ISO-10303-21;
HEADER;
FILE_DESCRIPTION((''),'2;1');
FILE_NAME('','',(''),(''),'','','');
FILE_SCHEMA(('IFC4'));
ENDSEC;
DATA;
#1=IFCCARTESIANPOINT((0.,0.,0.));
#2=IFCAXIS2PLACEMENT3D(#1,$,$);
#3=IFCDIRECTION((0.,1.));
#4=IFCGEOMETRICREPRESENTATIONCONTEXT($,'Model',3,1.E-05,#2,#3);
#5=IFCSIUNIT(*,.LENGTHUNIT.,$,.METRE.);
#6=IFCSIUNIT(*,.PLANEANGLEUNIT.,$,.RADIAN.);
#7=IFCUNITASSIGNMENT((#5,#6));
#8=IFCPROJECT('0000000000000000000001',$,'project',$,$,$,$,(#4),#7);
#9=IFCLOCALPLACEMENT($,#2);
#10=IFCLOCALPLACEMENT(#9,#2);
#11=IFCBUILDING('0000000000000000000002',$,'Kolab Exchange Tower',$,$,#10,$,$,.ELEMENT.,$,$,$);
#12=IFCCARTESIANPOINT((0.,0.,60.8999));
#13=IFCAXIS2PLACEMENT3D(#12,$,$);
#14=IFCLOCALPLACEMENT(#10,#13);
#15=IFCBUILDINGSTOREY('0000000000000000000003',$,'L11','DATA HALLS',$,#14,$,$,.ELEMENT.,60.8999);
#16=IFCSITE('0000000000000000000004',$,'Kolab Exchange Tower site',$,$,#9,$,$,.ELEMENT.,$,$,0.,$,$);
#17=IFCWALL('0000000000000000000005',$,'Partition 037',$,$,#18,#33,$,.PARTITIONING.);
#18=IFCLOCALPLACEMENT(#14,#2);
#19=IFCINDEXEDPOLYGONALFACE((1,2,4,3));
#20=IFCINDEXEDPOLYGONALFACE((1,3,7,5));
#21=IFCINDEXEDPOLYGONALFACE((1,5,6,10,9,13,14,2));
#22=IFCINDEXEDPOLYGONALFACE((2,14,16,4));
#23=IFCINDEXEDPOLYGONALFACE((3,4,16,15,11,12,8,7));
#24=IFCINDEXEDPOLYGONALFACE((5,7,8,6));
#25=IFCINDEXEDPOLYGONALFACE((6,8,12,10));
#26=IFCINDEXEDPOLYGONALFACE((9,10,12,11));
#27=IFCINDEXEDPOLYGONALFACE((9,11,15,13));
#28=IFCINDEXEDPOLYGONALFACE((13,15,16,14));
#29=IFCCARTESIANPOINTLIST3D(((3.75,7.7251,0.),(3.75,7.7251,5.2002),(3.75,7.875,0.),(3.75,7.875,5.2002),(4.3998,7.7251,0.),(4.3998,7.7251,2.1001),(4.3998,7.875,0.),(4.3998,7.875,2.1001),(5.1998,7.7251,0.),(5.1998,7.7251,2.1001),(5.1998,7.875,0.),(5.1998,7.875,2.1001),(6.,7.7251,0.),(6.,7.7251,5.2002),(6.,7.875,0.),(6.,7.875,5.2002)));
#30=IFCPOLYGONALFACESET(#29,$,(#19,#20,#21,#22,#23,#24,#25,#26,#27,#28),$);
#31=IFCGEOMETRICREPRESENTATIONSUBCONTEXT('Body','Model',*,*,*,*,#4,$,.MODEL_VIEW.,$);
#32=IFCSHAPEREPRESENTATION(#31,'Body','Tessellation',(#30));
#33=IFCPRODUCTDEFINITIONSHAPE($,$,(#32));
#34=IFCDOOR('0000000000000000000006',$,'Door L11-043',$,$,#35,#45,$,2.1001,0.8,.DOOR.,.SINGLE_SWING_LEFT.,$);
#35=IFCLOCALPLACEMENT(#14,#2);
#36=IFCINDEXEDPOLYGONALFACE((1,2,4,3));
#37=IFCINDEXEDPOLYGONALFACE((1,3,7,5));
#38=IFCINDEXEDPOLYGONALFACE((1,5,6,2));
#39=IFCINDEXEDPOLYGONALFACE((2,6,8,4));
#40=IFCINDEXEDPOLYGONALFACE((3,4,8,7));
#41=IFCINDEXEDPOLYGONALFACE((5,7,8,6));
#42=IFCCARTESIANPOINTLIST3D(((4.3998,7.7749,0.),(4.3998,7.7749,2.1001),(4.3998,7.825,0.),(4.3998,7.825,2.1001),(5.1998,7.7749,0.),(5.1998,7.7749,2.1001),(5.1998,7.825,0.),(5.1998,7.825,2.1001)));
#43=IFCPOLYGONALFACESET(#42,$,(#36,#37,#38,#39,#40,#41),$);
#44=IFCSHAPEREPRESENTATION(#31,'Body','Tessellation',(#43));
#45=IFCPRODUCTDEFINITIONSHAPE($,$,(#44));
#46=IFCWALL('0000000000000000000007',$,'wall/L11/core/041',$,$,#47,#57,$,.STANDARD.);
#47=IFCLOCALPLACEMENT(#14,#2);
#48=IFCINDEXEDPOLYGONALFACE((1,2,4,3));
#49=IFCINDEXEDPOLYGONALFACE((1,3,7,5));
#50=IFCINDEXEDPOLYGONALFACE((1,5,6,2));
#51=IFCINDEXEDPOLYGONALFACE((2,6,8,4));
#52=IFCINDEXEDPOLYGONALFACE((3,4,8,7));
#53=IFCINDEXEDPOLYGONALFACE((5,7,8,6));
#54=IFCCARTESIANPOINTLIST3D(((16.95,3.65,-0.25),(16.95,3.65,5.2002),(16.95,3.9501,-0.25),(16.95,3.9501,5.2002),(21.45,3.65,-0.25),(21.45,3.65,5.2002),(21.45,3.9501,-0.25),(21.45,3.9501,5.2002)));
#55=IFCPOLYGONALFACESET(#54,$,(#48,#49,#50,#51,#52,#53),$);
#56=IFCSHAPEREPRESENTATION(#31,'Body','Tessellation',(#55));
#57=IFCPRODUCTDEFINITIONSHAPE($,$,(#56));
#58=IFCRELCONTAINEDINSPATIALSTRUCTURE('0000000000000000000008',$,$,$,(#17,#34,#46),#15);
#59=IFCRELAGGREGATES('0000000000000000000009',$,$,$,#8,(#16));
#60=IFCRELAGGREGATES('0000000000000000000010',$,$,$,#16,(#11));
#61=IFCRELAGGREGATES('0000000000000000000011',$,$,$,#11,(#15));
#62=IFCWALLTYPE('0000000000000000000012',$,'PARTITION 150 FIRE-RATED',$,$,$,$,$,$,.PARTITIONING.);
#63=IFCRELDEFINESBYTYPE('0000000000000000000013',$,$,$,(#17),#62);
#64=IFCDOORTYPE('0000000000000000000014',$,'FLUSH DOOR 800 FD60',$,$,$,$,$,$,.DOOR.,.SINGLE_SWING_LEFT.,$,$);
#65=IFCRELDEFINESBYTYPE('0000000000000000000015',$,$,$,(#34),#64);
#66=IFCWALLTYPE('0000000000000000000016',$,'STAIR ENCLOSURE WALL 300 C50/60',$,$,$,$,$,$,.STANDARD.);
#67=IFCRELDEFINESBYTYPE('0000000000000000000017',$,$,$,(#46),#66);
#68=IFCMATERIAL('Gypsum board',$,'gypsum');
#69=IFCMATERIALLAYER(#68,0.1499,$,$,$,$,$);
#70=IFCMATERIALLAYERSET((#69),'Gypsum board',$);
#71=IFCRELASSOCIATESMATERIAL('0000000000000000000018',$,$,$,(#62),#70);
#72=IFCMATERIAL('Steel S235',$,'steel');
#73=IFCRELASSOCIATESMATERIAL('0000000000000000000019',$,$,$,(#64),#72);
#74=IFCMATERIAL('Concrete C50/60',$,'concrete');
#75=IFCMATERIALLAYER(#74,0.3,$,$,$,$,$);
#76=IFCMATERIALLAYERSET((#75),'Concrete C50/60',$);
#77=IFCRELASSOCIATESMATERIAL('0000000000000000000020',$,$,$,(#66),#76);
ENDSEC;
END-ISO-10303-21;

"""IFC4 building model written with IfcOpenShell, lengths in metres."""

from ifc_helpers import new_model, si_unit, direction, frame, frame_2d, origin, place, context, subcontext, project, spatial, rectangle, extrude, material, layer, layer_set, type_object, element, fill, save


model = new_model("IFC4")

# Units and contexts
model_context = context("Model", 3, precision=1e-05, world=origin(), true_north=direction((0.0, 1.0)))
body_context = subcontext(model_context, "Body", "Model", "MODEL_VIEW")
ifc_project = project(units=[si_unit("LENGTHUNIT", "METRE"), si_unit("PLANEANGLEUNIT", "RADIAN")], contexts=[model_context])

# Site, building, storey
site_placement = place(None, origin())
site = spatial("IfcSite", under=ifc_project, at=site_placement, Name="Kolab Exchange Tower site", CompositionType="ELEMENT", RefElevation=0.0)
building_placement = place(site_placement, origin())
building = spatial("IfcBuilding", under=site, at=building_placement, Name="Kolab Exchange Tower", CompositionType="ELEMENT")
storey_placement = place(building_placement, frame((0.0, 0.0, 60.8999)))
storey = spatial("IfcBuildingStorey", under=building, at=storey_placement, Name="L11", Description="DATA HALLS", CompositionType="ELEMENT", Elevation=60.8999)

# Shared definitions
ifc_material_1 = material(Name="Steel S235", Category="steel")

# Shared definitions
ifc_material_2 = material(Name="Concrete C50/60", Category="concrete")

# Shared definitions
ifc_material_3 = material(Name="Gypsum board", Category="gypsum")

# Shared definitions
ifc_layer_1 = layer(ifc_material_3, 0.1499)
ifc_layer_set_1 = layer_set([ifc_layer_1], Name="Gypsum board")
wall_type_1 = type_object("IfcWallType", Name="PARTITION 150 FIRE-RATED", PredefinedType="PARTITIONING", material=ifc_layer_set_1)

# Wall, opening, door
wall_1_placement = place(storey_placement, frame((3.75, 7.8, 0.0), z_axis=(0.0, 0.0, 1.0), x_axis=(1.0, 0.0, 0.0)))
wall_1 = element("IfcWall", 1, at=wall_1_placement, inside=storey, type_object=wall_type_1, Name="Partition 037", PredefinedType="PARTITIONING", context=body_context, shape_type="SweptSolid", body=[
    extrude(rectangle(XDim=2.25, YDim=0.1499, at=frame_2d((1.125, 0.0))), origin(), (0.0, 0.0, 1.0), 5.2002),
])
opening_1_placement = place(wall_1_placement, frame((0.6499, 0.0, 0.0)))
opening_1 = element("IfcOpeningElement", 2, at=opening_1_placement, cuts=wall_1, PredefinedType="OPENING", context=body_context, shape_type="SweptSolid", body=[
    extrude(rectangle(XDim=0.8, YDim=2.1001, at=frame_2d((0.3999, 1.05))), frame((0.0, 0.085, 0.0), z_axis=(0.0, -1.0, 0.0), x_axis=(1.0, 0.0, 0.0)), (0.0, 0.0, 1.0), 0.1699),
])
door_type_1 = type_object("IfcDoorType", Name="FLUSH DOOR 800 FD60", OperationType="SINGLE_SWING_LEFT", PredefinedType="DOOR", material=ifc_material_1)
door_1_placement = place(opening_1_placement, origin())
door_1 = element("IfcDoor", 3, at=door_1_placement, inside=storey, type_object=door_type_1, Name="Door L11-043", OperationType="SINGLE_SWING_LEFT", OverallHeight=2.1001, OverallWidth=0.8, PredefinedType="DOOR", context=body_context, shape_type="SweptSolid", body=[
    extrude(rectangle(XDim=0.8, YDim=2.1001, at=frame_2d((0.3999, 1.05))), frame((0.0, 0.0249, 0.0), z_axis=(0.0, -1.0, 0.0), x_axis=(1.0, 0.0, 0.0)), (0.0, 0.0, 1.0), 0.05),
])
fill(opening_1, door_1)

# Wall
ifc_layer_2 = layer(ifc_material_2, 0.3)
ifc_layer_set_2 = layer_set([ifc_layer_2], Name="Concrete C50/60")
wall_type_2 = type_object("IfcWallType", Name="STAIR ENCLOSURE WALL 300 C50/60", PredefinedType="STANDARD", material=ifc_layer_set_2)
wall_2_placement = place(storey_placement, frame((16.95, 3.8, -0.25), z_axis=(0.0, 0.0, 1.0), x_axis=(1.0, 0.0, 0.0)))
element("IfcWall", 4, at=wall_2_placement, inside=storey, type_object=wall_type_2, Name="wall/L11/core/041", PredefinedType="STANDARD", context=body_context, shape_type="SweptSolid", body=[
    extrude(rectangle(XDim=4.5, YDim=0.3, at=frame_2d((2.25, 0.0))), origin(), (0.0, 0.0, 1.0), 5.4502),
])

save(model, "model.ifc")
